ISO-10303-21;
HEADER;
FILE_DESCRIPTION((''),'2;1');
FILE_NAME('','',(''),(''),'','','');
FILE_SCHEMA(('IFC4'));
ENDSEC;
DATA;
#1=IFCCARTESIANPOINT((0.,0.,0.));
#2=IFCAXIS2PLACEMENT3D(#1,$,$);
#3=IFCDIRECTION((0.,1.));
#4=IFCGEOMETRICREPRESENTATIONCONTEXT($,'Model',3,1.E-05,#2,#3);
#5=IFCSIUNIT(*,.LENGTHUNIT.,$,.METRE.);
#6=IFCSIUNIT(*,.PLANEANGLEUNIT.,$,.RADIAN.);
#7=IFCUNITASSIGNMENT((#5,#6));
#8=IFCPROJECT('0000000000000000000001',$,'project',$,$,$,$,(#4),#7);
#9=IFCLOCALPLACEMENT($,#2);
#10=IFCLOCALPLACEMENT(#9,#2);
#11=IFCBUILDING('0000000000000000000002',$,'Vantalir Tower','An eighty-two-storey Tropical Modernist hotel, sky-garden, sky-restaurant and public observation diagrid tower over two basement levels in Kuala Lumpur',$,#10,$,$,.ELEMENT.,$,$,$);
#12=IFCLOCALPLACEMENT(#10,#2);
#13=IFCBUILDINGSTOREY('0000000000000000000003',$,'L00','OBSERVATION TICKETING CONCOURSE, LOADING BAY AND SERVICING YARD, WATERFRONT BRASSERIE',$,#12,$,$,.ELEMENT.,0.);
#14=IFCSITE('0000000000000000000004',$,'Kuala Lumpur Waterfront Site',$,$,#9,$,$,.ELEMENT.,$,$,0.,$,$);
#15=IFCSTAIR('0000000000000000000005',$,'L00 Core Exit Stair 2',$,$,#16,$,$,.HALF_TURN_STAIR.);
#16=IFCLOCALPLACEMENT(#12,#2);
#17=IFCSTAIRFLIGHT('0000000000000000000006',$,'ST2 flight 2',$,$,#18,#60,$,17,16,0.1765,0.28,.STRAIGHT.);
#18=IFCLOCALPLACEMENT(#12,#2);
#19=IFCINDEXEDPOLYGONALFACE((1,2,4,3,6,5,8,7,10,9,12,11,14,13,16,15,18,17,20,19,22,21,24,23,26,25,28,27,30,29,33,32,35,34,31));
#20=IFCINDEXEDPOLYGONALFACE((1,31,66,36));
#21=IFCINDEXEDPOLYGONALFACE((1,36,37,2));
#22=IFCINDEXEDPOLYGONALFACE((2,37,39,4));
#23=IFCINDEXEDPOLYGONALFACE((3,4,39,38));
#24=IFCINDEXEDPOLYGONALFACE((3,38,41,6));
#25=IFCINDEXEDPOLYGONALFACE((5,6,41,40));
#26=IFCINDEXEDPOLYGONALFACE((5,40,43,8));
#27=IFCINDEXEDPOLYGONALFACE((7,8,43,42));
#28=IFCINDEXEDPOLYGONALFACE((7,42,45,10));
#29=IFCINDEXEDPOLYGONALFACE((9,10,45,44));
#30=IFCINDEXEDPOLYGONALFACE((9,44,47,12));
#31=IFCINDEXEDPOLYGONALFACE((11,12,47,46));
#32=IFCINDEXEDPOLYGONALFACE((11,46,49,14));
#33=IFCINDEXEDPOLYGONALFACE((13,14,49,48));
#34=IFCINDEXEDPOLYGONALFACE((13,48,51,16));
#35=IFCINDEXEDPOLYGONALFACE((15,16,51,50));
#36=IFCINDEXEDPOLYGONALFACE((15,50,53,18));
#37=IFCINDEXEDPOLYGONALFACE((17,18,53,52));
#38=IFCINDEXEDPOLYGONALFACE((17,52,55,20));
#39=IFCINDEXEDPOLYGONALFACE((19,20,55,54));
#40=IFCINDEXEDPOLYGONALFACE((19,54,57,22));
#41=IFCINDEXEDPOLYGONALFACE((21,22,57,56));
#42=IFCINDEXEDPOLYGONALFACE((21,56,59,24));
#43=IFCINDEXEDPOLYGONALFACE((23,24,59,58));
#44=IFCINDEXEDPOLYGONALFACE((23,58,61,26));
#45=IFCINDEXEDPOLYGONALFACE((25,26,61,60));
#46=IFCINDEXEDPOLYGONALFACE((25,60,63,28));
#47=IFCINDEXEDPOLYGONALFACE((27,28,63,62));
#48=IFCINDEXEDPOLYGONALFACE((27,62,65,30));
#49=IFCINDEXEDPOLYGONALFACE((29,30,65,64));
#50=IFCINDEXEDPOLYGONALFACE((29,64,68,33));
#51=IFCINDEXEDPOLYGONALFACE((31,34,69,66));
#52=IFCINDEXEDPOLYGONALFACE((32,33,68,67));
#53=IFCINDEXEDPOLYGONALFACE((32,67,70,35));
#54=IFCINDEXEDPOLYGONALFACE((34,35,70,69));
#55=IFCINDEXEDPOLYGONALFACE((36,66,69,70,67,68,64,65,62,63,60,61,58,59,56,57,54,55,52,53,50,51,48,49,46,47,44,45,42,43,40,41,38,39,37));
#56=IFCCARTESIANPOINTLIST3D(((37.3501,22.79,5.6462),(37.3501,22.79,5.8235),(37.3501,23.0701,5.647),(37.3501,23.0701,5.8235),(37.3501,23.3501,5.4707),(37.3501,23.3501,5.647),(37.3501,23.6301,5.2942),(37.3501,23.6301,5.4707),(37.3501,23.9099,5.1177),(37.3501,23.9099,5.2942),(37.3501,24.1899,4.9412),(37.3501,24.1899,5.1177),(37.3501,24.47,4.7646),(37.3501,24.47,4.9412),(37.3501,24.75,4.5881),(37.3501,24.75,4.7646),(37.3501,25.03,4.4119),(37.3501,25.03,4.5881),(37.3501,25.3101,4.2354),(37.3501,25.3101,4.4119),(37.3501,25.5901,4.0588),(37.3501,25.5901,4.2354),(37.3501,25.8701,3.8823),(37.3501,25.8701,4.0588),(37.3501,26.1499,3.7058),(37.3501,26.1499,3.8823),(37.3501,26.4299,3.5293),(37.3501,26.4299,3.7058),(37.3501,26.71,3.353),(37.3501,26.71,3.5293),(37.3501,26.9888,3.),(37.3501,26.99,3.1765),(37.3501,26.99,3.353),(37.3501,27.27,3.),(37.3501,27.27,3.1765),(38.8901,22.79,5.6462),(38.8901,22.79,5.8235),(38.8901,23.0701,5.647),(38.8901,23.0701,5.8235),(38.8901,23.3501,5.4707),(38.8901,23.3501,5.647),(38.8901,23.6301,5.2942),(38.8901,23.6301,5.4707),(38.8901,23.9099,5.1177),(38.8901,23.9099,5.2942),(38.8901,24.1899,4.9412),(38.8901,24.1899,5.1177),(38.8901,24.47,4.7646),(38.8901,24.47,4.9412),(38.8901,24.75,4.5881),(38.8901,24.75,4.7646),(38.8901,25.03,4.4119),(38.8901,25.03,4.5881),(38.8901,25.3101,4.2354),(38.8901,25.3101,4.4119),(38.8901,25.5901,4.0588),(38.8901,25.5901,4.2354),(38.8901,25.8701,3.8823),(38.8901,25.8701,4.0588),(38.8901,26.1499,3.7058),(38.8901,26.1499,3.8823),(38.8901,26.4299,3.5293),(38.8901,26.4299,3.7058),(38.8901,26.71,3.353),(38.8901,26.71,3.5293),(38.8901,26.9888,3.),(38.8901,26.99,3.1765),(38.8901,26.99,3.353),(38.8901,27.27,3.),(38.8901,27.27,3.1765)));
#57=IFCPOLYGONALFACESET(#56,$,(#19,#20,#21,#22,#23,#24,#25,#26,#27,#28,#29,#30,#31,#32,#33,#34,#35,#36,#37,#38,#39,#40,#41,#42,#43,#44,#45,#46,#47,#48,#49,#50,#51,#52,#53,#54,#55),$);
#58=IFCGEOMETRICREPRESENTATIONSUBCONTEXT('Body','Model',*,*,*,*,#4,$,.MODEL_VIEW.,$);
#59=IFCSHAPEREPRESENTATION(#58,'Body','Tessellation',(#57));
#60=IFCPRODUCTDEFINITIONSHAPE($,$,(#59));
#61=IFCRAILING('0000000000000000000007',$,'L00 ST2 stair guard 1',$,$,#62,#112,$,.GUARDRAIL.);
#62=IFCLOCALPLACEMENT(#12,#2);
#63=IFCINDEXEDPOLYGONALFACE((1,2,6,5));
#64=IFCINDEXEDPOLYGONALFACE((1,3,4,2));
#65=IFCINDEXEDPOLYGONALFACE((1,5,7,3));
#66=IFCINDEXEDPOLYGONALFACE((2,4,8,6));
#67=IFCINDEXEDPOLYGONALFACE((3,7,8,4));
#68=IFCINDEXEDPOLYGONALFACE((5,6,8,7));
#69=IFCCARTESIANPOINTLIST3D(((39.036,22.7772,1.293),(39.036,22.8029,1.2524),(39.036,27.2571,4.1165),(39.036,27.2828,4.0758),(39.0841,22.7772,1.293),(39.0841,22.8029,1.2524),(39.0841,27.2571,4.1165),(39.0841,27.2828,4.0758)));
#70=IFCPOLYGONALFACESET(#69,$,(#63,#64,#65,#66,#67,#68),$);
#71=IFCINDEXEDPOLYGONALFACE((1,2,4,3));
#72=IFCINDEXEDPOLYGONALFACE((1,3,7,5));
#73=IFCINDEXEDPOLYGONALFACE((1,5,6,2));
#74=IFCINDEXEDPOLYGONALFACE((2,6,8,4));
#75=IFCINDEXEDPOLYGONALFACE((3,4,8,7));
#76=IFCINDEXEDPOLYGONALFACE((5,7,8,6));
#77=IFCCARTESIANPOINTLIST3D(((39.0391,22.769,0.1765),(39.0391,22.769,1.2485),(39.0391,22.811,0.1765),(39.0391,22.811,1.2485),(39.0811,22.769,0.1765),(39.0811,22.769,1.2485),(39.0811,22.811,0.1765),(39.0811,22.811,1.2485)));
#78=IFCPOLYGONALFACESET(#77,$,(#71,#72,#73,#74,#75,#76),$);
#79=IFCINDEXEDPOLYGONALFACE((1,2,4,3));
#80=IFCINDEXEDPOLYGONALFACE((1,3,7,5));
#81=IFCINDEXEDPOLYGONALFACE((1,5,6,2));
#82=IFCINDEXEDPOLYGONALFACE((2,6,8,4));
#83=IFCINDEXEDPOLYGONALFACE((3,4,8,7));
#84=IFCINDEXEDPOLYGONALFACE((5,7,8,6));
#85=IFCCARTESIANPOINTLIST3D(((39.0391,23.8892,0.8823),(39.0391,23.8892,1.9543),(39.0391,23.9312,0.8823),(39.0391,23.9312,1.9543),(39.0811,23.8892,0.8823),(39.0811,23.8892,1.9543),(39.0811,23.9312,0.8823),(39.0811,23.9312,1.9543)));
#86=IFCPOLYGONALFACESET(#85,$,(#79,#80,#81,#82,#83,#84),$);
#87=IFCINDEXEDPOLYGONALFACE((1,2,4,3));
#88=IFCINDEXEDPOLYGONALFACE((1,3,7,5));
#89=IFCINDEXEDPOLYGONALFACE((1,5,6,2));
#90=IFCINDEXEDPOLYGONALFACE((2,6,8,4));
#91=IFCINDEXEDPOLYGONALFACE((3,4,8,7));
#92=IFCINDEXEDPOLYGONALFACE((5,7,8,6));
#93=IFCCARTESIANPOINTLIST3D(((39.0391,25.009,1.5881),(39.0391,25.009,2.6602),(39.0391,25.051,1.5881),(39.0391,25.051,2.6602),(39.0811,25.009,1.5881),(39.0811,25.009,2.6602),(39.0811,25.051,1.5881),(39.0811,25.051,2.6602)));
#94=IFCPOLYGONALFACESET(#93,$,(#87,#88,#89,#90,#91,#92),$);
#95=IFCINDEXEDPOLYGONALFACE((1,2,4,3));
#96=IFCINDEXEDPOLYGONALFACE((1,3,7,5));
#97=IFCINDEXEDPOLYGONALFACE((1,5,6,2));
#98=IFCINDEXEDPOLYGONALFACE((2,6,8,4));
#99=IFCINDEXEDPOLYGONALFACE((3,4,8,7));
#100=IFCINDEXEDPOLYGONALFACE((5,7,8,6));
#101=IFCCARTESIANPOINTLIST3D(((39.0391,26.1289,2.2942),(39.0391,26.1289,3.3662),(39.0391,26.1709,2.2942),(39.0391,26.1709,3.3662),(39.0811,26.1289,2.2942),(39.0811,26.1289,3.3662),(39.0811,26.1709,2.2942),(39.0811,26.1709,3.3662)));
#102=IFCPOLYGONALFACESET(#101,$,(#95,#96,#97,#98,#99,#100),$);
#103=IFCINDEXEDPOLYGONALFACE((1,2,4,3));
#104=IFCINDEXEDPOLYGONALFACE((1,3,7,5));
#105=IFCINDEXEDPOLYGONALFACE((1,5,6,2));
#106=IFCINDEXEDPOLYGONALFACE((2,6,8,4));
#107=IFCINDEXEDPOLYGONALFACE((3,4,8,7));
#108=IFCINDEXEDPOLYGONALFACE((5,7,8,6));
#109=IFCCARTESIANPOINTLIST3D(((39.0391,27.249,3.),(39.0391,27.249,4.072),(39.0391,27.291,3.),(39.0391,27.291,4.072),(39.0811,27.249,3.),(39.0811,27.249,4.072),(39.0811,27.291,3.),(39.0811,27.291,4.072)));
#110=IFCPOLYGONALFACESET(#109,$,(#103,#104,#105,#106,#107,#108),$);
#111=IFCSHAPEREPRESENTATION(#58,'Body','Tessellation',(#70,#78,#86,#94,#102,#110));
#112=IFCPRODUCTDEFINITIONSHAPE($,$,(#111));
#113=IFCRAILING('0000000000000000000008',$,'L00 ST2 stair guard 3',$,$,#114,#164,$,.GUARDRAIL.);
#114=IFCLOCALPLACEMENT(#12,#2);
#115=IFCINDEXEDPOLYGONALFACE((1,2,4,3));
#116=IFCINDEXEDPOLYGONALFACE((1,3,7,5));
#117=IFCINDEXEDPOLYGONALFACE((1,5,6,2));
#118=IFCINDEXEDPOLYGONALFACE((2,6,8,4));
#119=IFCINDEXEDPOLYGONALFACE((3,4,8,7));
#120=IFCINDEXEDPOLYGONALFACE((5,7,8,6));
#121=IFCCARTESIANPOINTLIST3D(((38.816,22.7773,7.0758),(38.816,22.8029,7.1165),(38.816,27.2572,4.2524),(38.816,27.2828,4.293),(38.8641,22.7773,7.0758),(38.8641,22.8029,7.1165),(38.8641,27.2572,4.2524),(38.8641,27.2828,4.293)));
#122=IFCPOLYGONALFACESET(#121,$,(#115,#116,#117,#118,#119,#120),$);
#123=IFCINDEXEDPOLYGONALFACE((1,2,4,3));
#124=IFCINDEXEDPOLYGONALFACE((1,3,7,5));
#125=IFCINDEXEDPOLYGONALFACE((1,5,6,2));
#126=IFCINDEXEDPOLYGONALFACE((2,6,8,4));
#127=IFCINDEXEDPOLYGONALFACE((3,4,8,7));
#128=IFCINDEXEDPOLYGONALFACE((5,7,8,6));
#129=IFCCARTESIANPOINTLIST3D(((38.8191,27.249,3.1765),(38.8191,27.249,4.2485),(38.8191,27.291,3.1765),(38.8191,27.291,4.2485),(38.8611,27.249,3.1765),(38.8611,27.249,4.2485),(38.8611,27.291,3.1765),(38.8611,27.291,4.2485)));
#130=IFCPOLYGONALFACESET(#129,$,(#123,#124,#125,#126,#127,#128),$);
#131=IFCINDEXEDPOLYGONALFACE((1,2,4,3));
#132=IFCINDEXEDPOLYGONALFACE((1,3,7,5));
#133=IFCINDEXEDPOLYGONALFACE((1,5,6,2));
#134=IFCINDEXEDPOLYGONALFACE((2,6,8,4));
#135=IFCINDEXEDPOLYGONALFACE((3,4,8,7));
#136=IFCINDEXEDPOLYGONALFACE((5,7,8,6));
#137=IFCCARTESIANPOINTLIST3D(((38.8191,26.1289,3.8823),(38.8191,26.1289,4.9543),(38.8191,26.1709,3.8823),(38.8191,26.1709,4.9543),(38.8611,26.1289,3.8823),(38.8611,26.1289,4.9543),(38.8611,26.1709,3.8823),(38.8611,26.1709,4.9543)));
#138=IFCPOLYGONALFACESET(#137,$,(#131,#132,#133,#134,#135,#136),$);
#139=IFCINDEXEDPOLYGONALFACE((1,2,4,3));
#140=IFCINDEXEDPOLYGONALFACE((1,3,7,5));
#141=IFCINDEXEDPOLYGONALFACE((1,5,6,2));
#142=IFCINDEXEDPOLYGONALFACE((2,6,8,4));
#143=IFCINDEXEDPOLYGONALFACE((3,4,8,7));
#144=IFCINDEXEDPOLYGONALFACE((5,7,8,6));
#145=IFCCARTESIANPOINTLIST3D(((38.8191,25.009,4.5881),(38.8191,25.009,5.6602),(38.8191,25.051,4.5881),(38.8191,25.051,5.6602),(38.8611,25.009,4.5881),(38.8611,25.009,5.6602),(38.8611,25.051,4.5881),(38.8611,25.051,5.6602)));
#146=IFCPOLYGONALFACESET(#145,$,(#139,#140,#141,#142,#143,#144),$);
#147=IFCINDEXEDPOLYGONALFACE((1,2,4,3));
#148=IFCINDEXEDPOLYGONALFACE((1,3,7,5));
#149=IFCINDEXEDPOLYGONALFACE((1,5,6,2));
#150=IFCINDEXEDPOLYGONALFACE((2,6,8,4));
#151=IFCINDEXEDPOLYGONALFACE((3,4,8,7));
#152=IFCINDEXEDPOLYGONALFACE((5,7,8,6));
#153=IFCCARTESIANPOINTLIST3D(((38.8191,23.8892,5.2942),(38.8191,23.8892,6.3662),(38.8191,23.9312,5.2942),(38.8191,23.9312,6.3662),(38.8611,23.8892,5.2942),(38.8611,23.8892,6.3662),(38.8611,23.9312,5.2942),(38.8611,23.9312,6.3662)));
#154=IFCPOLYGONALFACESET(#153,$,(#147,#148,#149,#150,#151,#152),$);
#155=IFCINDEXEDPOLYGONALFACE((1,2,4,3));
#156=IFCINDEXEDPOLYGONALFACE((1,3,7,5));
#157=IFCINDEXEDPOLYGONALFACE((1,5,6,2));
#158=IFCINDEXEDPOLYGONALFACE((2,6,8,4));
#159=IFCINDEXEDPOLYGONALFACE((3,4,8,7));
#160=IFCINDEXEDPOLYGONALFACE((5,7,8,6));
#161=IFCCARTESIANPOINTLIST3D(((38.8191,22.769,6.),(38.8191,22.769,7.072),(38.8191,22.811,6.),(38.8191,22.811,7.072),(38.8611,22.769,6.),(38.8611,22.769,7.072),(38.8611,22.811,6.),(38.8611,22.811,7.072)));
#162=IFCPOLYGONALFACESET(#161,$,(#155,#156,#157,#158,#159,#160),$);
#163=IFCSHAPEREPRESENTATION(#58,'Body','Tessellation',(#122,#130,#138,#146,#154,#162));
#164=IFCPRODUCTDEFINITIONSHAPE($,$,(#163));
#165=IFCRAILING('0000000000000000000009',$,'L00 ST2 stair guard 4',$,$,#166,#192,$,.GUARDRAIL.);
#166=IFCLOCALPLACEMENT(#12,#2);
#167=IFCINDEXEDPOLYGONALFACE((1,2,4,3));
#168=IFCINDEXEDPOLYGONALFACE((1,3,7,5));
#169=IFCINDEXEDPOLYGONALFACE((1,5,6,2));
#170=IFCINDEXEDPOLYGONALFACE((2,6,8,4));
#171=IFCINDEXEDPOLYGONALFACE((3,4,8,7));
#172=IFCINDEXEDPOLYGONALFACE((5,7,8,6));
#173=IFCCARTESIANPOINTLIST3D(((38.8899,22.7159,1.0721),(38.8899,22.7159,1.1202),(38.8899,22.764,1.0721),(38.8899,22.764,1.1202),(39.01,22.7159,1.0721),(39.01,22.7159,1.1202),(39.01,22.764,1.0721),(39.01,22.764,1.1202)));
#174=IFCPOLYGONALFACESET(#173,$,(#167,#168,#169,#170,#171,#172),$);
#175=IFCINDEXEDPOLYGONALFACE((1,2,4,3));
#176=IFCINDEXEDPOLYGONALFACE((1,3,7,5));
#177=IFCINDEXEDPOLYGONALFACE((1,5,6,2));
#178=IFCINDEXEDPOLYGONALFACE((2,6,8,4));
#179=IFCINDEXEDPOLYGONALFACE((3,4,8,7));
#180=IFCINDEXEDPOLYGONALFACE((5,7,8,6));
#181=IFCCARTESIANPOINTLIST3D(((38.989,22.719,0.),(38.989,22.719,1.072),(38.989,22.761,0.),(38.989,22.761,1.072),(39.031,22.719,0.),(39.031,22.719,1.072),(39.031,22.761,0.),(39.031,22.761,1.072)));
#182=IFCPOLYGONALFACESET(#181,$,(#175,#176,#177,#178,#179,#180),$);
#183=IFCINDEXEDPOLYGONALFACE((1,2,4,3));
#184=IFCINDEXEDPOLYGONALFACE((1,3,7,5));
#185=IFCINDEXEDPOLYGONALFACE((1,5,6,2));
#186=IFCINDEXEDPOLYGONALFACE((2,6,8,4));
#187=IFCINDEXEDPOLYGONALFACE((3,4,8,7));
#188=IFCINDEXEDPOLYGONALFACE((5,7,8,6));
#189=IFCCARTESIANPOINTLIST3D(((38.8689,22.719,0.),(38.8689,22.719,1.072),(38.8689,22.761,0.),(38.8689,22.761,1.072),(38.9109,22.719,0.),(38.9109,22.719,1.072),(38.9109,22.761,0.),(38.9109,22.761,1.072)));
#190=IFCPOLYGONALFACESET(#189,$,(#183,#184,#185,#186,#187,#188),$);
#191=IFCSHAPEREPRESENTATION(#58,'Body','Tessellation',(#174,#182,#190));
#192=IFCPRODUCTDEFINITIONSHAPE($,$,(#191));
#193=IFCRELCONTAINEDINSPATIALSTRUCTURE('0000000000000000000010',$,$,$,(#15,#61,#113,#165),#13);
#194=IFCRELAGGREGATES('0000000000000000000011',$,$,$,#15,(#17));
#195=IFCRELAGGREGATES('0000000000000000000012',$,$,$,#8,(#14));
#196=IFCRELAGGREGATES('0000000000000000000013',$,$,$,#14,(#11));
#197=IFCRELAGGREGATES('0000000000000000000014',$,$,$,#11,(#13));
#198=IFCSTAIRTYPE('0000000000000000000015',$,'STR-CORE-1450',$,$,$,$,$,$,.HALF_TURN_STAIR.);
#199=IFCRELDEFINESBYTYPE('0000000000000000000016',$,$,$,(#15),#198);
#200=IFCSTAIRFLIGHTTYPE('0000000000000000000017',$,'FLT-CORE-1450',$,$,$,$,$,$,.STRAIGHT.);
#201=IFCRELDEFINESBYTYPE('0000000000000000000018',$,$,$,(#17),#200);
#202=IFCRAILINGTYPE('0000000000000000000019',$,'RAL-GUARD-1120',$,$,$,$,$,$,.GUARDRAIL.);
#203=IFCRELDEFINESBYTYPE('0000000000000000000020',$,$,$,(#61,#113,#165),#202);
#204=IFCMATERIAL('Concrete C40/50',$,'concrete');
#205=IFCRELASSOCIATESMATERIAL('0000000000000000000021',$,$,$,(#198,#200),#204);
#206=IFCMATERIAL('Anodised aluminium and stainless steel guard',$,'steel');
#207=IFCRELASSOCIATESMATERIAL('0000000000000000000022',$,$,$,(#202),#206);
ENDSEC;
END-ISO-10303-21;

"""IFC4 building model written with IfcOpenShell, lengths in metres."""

from ifc_helpers import new_model, si_unit, direction, frame, origin, origin_2d, place, context, subcontext, project, spatial, polyline, rectangle, outline, extrude, material, type_object, element, aggregate, save


model = new_model("IFC4")

# Units and contexts
model_context = context("Model", 3, precision=1e-05, world=origin(), true_north=direction((0.0, 1.0)))
body_context = subcontext(model_context, "Body", "Model", "MODEL_VIEW")
ifc_project = project(units=[si_unit("LENGTHUNIT", "METRE"), si_unit("PLANEANGLEUNIT", "RADIAN")], contexts=[model_context])

# Site, building, storey
site_placement = place(None, origin())
site = spatial("IfcSite", under=ifc_project, at=site_placement, Name="Kuala Lumpur Waterfront Site", CompositionType="ELEMENT", RefElevation=0.0)
building_placement = place(site_placement, origin())
building = spatial("IfcBuilding", under=site, at=building_placement, Name="Vantalir Tower", Description="An eighty-two-storey Tropical Modernist hotel, sky-garden, sky-restaurant and public observation diagrid tower over two basement levels in Kuala Lumpur", CompositionType="ELEMENT")
storey_placement = place(building_placement, origin())
storey = spatial("IfcBuildingStorey", under=building, at=storey_placement, Name="L00", Description="OBSERVATION TICKETING CONCOURSE, LOADING BAY AND SERVICING YARD, WATERFRONT BRASSERIE", CompositionType="ELEMENT", Elevation=0.0)

# Stair, stair flight
ifc_material_1 = material(Name="Concrete C40/50", Category="concrete")
stair_type = type_object("IfcStairType", Name="STR-CORE-1450", PredefinedType="HALF_TURN_STAIR", material=ifc_material_1)
stair_placement = place(storey_placement, origin())
stair = element("IfcStair", 1, at=stair_placement, inside=storey, type_object=stair_type, Name="L00 Core Exit Stair 2", PredefinedType="HALF_TURN_STAIR")
stair_flight_type = type_object("IfcStairFlightType", Name="FLT-CORE-1450", PredefinedType="STRAIGHT", material=ifc_material_1)
stair_flight_1_placement = place(storey_placement, frame((38.1201, 27.27, 3.0), z_axis=(0.0, 0.0, 1.0), x_axis=(0.0, -1.0, 0.0)))
stair_flight_1 = element("IfcStairFlight", 2, at=stair_flight_1_placement, type_object=stair_flight_type, Name="ST2 flight 2", NumberOfRisers=17, NumberOfTreads=16, PredefinedType="STRAIGHT", RiserHeight=0.1765, TreadLength=0.28, context=body_context, shape_type="SweptSolid", body=[
    extrude(outline(polyline([(0.0, 0.0), (0.0, 0.1765), (0.28, 0.1765), (0.28, 0.353), (0.5601, 0.353), (0.5601, 0.5293), (0.8401, 0.5293), (0.8401, 0.7058), (1.1201, 0.7058), (1.1201, 0.8823), (1.3999, 0.8823), (1.3999, 1.0588), (1.6799, 1.0588), (1.6799, 1.2354), (1.96, 1.2354), (1.96, 1.4119), (2.24, 1.4119), (2.24, 1.5881), (2.52, 1.5881), (2.52, 1.7646), (2.8, 1.7646), (2.8, 1.9412), (3.0801, 1.9412), (3.0801, 2.1177), (3.3601, 2.1177), (3.3601, 2.2942), (3.6399, 2.2942), (3.6399, 2.4707), (3.9199, 2.4707), (3.9199, 2.647), (4.2, 2.647), (4.2, 2.8235), (4.48, 2.8235), (4.48, 3.0), (4.48, 2.6462), (0.2812, 0.0), (0.0, 0.0)])), frame((0.0, 0.77, 0.0), z_axis=(0.0, -1.0, 0.0), x_axis=(1.0, 0.0, 0.0)), (0.0, 0.0, 1.0), 1.54),
])
aggregate(stair, [stair_flight_1])

# Railings
ifc_material_2 = material(Name="Anodised aluminium and stainless steel guard", Category="steel")
railing_type_1 = type_object("IfcRailingType", Name="RAL-GUARD-1120", PredefinedType="GUARDRAIL", material=ifc_material_2)
railing_1_placement = place(storey_placement, frame((39.0601, 22.79, 0.1765)))
element("IfcRailing", 3, at=railing_1_placement, inside=storey, type_object=railing_type_1, Name="L00 ST2 stair guard 1", PredefinedType="GUARDRAIL", context=body_context, shape_type="SweptSolid", body=[
    extrude(rectangle(XDim=0.0481, YDim=0.0481, at=origin_2d()), frame((0.0, 0.0, 1.0962), z_axis=(0.0, 0.845998, 0.533186), x_axis=(-1.0, 0.0, 0.0)), (0.0, 0.0, 1.0), 5.2954),
    extrude(rectangle(XDim=0.042, YDim=0.042, at=origin_2d()), origin(), (0.0, 0.0, 1.0), 1.072),
    extrude(rectangle(XDim=0.042, YDim=0.042, at=origin_2d()), frame((0.0, 1.1201, 0.7058)), (0.0, 0.0, 1.0), 1.072),
    extrude(rectangle(XDim=0.042, YDim=0.042, at=origin_2d()), frame((0.0, 2.24, 1.4116)), (0.0, 0.0, 1.0), 1.072),
    extrude(rectangle(XDim=0.042, YDim=0.042, at=origin_2d()), frame((0.0, 3.3599, 2.1177)), (0.0, 0.0, 1.0), 1.072),
    extrude(rectangle(XDim=0.042, YDim=0.042, at=origin_2d()), frame((0.0, 4.48, 2.8235)), (0.0, 0.0, 1.0), 1.072),
])
railing_2_placement = place(storey_placement, frame((38.8401, 27.27, 3.1765)))
element("IfcRailing", 4, at=railing_2_placement, inside=storey, type_object=railing_type_1, Name="L00 ST2 stair guard 3", PredefinedType="GUARDRAIL", context=body_context, shape_type="SweptSolid", body=[
    extrude(rectangle(XDim=0.0481, YDim=0.0481, at=origin_2d()), frame((0.0, 0.0, 1.0962), z_axis=(0.0, -0.845998, 0.533186), x_axis=(1.0, 0.0, 0.0)), (0.0, 0.0, 1.0), 5.2954),
    extrude(rectangle(XDim=0.042, YDim=0.042, at=origin_2d()), origin(), (0.0, 0.0, 1.0), 1.072),
    extrude(rectangle(XDim=0.042, YDim=0.042, at=origin_2d()), frame((0.0, -1.1201, 0.7058)), (0.0, 0.0, 1.0), 1.072),
    extrude(rectangle(XDim=0.042, YDim=0.042, at=origin_2d()), frame((0.0, -2.24, 1.4116)), (0.0, 0.0, 1.0), 1.072),
    extrude(rectangle(XDim=0.042, YDim=0.042, at=origin_2d()), frame((0.0, -3.3599, 2.1177)), (0.0, 0.0, 1.0), 1.072),
    extrude(rectangle(XDim=0.042, YDim=0.042, at=origin_2d()), frame((0.0, -4.48, 2.8235)), (0.0, 0.0, 1.0), 1.072),
])
railing_3_placement = place(storey_placement, frame((39.01, 22.74, 0.0)))
element("IfcRailing", 5, at=railing_3_placement, inside=storey, type_object=railing_type_1, Name="L00 ST2 stair guard 4", PredefinedType="GUARDRAIL", context=body_context, shape_type="SweptSolid", body=[
    extrude(rectangle(XDim=0.0481, YDim=0.0481, at=origin_2d()), frame((0.0, 0.0, 1.0962), z_axis=(-1.0, 0.0, 0.0), x_axis=(0.0, -1.0, 0.0)), (0.0, 0.0, 1.0), 0.1201),
    extrude(rectangle(XDim=0.042, YDim=0.042, at=origin_2d()), origin(), (0.0, 0.0, 1.0), 1.072),
    extrude(rectangle(XDim=0.042, YDim=0.042, at=origin_2d()), frame((-0.1201, 0.0, 0.0)), (0.0, 0.0, 1.0), 1.072),
])

save(model, "model.ifc")
